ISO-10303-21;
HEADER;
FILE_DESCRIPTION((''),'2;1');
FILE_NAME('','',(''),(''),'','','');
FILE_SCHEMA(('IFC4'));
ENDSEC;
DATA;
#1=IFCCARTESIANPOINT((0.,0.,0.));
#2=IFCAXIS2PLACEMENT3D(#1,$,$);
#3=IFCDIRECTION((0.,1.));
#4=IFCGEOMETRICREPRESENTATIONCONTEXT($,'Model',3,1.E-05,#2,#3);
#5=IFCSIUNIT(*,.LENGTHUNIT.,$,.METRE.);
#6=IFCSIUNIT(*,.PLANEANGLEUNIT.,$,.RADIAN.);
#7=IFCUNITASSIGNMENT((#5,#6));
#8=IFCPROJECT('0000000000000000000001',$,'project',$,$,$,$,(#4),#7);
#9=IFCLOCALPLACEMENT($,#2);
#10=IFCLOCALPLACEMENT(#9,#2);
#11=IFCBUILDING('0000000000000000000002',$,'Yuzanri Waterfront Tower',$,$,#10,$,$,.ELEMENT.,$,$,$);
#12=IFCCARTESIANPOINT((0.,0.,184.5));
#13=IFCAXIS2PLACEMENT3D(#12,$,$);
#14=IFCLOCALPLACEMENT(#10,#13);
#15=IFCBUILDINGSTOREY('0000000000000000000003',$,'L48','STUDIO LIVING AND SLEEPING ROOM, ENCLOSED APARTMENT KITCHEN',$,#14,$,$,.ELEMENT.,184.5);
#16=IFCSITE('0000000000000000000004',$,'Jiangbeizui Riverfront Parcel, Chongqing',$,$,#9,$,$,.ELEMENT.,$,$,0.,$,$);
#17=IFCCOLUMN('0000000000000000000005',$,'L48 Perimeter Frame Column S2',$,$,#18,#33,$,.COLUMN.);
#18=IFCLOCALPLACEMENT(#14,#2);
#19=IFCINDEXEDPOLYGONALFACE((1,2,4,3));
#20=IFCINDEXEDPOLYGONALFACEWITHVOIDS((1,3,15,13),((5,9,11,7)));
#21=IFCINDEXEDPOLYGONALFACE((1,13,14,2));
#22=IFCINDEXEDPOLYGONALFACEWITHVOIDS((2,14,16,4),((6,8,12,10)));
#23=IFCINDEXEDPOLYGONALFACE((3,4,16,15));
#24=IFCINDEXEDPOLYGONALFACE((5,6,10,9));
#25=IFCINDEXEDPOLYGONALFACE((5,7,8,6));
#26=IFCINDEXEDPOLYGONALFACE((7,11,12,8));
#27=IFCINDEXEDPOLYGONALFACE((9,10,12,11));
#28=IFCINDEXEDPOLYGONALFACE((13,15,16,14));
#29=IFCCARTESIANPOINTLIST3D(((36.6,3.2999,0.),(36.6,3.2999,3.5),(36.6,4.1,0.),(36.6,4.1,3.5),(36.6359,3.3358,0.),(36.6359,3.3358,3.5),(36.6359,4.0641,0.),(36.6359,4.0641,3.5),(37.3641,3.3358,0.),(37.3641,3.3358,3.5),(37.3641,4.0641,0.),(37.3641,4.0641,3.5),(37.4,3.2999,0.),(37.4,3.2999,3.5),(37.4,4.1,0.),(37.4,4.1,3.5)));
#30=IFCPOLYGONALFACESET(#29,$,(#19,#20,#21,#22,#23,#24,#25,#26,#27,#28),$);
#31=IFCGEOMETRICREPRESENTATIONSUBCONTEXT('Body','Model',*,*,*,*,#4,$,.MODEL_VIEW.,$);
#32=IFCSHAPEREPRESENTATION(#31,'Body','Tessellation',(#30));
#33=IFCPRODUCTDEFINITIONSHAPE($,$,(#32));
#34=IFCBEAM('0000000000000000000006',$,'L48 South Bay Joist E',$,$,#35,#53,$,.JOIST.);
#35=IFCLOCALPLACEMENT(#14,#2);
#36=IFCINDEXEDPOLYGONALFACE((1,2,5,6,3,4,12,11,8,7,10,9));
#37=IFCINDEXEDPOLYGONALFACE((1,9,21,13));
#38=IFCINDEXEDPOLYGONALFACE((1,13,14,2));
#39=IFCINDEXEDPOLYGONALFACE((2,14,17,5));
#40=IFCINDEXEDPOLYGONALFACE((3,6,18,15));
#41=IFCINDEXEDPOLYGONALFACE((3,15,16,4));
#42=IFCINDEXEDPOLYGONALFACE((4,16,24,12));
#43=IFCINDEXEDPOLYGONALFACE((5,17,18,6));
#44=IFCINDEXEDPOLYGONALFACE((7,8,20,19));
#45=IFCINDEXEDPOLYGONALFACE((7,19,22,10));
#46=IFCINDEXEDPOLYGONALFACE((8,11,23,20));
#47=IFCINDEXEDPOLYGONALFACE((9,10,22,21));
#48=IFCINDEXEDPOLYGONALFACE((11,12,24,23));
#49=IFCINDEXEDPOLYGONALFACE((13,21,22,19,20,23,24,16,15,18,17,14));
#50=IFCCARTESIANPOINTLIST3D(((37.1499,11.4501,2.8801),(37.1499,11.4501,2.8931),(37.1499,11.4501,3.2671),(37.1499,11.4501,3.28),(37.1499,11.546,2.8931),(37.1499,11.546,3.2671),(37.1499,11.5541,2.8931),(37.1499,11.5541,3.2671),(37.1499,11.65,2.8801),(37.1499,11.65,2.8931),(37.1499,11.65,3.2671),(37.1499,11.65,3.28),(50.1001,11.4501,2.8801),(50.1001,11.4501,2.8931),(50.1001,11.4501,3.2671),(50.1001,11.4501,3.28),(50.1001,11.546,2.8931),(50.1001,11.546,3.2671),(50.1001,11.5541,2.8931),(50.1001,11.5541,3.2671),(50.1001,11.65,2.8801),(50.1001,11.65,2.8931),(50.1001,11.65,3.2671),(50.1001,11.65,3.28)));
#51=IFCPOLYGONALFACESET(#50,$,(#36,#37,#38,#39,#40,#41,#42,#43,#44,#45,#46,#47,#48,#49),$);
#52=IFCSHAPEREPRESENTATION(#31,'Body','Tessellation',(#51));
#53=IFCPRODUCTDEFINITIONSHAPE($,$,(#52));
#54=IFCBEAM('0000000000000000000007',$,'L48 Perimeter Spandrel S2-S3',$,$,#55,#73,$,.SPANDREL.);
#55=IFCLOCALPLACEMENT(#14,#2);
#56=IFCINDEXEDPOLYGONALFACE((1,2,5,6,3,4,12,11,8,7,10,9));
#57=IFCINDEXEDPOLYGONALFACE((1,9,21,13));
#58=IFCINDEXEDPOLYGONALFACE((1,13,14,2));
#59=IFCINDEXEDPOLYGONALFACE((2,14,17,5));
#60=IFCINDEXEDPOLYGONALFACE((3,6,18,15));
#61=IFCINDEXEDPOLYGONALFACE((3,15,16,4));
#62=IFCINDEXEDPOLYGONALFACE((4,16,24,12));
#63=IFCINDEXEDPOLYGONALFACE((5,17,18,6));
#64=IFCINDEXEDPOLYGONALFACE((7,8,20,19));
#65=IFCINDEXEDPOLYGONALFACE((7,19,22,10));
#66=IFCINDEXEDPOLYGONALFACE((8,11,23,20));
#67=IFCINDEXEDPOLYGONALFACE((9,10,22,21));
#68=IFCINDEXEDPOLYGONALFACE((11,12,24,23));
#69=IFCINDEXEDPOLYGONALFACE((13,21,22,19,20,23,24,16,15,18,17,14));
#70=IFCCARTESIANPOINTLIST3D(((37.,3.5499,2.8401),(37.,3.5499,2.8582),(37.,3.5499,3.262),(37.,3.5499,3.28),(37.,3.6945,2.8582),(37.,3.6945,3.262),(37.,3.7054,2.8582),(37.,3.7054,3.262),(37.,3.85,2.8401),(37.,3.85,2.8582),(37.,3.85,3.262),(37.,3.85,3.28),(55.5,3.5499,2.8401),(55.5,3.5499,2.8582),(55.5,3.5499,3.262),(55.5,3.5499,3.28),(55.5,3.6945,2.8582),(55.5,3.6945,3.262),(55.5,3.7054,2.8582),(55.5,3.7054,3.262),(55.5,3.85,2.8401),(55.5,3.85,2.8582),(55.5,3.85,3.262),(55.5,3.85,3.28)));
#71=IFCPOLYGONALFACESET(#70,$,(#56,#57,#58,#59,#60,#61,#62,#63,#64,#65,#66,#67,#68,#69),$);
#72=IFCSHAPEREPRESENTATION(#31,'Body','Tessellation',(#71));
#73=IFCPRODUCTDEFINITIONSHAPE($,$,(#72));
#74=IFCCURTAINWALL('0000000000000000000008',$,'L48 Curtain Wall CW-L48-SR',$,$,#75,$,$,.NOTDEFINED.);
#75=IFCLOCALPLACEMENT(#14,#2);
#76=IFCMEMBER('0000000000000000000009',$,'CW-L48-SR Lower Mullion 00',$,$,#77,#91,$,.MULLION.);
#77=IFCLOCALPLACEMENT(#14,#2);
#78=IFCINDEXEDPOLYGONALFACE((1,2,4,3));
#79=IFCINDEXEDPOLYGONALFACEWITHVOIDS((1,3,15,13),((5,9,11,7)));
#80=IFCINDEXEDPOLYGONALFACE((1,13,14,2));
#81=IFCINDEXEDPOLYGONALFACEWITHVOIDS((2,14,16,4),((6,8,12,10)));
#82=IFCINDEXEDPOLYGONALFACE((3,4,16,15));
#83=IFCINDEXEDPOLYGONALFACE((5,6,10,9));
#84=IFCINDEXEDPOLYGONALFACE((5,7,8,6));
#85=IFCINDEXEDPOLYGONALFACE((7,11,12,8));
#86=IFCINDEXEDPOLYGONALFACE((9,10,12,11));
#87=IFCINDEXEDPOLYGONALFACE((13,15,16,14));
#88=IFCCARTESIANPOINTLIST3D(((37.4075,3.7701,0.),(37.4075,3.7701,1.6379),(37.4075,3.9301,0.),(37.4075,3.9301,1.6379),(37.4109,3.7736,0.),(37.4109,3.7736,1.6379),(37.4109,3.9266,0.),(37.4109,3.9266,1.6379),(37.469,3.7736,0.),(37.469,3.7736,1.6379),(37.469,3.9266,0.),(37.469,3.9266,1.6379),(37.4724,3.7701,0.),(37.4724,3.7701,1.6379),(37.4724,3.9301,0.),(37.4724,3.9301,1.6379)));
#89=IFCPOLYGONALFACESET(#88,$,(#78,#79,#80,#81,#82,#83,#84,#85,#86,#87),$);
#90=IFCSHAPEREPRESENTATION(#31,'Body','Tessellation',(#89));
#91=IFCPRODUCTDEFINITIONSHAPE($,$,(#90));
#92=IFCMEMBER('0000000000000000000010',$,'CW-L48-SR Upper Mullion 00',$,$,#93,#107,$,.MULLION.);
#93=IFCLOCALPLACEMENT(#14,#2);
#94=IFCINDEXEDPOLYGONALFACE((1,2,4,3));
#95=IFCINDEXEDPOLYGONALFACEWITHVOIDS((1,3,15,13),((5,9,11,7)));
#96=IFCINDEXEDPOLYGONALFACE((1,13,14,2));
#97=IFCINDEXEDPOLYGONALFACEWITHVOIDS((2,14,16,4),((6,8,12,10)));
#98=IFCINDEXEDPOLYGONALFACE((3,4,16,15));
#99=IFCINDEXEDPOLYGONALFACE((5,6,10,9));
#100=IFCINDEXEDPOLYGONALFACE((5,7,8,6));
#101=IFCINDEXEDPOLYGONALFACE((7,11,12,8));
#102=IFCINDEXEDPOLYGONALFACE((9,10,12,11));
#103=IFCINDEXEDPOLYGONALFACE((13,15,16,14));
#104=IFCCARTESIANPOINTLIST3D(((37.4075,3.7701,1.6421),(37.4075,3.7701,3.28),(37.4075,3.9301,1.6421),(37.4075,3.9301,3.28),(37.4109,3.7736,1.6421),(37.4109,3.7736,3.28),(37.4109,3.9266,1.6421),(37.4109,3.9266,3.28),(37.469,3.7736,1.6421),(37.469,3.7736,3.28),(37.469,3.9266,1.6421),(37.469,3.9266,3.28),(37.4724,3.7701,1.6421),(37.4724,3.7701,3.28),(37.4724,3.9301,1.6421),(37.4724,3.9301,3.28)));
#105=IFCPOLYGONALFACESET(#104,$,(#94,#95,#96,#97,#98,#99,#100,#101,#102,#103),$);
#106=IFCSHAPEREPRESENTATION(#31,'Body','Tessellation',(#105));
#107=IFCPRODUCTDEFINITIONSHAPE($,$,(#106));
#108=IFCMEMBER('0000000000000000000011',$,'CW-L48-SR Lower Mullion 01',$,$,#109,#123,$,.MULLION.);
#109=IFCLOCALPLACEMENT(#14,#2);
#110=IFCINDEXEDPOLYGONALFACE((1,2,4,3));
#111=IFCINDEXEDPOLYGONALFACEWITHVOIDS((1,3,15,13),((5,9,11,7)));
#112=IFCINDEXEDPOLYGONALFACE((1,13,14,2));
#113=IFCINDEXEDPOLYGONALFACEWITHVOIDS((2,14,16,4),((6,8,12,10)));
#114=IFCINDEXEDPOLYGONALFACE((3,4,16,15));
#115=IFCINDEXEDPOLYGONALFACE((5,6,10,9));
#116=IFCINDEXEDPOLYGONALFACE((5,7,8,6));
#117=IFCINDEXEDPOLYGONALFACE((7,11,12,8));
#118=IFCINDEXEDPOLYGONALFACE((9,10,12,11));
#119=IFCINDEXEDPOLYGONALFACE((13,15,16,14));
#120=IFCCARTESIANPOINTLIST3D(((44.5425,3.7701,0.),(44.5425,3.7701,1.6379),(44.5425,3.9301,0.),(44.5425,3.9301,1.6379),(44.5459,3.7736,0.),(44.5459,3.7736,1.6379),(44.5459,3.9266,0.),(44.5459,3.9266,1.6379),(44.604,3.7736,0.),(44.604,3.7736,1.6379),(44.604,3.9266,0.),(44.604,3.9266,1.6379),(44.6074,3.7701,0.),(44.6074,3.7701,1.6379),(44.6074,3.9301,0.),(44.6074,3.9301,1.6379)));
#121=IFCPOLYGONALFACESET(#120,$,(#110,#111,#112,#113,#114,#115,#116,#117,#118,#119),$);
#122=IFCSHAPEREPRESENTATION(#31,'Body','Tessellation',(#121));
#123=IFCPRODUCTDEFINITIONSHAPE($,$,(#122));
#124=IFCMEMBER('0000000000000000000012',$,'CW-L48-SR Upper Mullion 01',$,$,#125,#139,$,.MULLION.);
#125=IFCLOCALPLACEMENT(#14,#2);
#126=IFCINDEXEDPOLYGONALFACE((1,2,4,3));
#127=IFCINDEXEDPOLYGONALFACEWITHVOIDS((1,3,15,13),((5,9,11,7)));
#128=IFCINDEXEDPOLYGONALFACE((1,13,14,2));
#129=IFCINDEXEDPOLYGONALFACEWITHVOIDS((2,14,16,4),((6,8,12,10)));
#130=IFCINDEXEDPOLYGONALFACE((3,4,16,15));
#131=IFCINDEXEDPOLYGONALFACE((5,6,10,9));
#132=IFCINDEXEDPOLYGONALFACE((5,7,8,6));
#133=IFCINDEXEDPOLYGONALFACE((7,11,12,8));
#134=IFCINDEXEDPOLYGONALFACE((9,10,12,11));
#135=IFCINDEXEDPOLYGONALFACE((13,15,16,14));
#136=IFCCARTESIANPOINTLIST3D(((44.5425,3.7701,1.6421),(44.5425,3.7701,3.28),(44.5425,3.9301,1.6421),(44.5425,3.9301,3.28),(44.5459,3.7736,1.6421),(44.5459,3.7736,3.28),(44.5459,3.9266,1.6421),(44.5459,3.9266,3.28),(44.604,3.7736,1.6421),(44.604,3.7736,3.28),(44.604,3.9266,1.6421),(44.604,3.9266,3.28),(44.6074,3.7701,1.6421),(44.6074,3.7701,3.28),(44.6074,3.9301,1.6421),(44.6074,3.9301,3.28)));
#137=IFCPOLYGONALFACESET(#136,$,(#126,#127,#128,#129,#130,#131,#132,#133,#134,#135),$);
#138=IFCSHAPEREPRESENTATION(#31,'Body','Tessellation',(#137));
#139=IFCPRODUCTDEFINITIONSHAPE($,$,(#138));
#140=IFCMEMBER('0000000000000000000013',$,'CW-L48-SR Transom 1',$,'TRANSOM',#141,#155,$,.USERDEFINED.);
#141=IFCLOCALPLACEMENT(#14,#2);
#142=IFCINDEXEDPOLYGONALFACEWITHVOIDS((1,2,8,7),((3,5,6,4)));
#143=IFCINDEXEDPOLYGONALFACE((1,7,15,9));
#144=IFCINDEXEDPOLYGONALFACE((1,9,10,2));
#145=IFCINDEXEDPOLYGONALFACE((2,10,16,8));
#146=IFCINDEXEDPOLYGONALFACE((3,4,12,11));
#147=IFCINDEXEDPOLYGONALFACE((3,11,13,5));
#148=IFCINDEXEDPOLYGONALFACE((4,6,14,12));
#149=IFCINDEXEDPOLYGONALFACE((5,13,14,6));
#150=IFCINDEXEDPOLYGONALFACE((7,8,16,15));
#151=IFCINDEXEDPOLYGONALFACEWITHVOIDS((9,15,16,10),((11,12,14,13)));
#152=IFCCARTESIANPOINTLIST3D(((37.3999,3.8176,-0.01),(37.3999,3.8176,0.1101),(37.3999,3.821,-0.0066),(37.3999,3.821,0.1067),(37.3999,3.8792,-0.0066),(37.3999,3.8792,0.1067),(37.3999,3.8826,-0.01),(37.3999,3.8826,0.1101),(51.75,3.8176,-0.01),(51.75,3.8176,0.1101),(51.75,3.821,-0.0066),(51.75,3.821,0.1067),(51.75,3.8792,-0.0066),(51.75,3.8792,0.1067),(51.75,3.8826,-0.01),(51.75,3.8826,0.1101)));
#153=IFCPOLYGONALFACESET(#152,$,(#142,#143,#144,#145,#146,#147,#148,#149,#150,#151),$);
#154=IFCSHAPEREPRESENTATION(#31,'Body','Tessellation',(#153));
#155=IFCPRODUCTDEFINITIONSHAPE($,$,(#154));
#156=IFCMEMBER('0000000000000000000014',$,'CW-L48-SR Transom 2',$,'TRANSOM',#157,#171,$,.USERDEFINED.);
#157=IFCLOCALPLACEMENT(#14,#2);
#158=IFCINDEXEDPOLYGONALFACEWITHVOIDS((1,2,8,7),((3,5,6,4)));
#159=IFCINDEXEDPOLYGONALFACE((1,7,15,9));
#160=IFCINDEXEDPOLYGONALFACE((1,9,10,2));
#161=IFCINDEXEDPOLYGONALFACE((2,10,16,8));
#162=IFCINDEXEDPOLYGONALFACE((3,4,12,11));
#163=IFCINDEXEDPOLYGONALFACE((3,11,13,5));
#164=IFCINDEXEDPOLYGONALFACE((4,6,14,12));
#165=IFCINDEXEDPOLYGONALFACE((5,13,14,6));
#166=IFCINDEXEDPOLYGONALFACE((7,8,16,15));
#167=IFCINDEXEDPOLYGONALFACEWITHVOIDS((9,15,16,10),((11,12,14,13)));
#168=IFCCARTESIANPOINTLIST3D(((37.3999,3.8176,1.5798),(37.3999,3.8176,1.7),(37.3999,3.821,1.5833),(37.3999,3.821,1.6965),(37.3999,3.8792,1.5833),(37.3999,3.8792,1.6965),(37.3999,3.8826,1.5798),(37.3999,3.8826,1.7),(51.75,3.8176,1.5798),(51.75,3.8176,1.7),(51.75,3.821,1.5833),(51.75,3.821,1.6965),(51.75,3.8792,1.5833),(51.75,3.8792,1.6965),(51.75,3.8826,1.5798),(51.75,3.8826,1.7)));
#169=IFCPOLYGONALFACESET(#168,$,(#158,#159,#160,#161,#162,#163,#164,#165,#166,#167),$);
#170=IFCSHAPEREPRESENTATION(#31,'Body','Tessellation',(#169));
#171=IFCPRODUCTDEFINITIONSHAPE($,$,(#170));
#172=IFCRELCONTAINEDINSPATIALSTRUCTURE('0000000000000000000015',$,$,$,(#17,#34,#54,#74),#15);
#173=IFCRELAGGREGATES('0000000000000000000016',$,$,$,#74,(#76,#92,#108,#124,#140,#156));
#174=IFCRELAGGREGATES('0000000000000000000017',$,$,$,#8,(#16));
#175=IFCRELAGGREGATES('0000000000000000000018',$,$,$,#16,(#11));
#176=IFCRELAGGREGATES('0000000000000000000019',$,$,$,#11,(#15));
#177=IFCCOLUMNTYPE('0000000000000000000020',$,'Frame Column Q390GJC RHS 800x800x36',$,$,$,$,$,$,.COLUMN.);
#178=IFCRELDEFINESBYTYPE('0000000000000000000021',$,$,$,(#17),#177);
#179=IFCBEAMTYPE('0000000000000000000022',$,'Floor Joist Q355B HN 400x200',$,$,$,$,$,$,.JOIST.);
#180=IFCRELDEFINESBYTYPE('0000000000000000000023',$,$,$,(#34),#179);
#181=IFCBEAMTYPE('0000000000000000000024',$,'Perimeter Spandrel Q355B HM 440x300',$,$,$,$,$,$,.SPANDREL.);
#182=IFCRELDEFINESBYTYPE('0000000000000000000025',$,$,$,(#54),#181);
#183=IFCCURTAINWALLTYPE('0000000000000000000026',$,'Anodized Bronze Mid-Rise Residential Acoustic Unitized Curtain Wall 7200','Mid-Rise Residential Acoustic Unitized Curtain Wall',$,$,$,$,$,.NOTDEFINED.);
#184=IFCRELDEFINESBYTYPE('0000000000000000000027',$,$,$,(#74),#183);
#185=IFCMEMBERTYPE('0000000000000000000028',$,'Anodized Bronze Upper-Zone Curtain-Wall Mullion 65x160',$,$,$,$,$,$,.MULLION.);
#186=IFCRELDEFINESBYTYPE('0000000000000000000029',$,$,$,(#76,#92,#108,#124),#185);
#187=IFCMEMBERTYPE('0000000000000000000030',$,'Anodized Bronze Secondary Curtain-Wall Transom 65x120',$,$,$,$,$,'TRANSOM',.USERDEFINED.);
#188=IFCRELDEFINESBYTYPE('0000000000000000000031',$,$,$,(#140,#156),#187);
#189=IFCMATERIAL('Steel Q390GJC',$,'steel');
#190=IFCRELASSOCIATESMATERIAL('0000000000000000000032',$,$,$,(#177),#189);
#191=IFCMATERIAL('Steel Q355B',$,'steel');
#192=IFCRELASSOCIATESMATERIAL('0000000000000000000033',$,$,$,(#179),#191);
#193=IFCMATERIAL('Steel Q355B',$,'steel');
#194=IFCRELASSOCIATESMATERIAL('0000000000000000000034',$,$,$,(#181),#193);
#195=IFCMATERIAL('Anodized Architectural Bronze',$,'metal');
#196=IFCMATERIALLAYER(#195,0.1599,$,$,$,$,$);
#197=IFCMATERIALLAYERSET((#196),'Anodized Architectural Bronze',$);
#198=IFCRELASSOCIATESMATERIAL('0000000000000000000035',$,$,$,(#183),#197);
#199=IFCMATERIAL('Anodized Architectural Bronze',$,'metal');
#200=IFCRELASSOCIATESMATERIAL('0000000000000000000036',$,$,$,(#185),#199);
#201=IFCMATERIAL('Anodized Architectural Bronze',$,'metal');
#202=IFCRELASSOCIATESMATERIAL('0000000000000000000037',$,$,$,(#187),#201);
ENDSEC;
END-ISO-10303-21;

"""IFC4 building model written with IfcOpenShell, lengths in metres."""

from ifc_helpers import new_model, si_unit, direction, frame, origin, origin_2d, place, context, subcontext, project, spatial, hollow_rectangle, i_section, extrude, source, transform, mapped, material, layer, layer_set, material_profile, profile_set, type_object, element, aggregate, save


model = new_model("IFC4")

# Units and contexts
model_context = context("Model", 3, precision=1e-05, world=origin(), true_north=direction((0.0, 1.0)))
body_context = subcontext(model_context, "Body", "Model", "MODEL_VIEW")
ifc_project = project(units=[si_unit("LENGTHUNIT", "METRE"), si_unit("PLANEANGLEUNIT", "RADIAN")], contexts=[model_context])

# Site, building, storey
site_placement = place(None, origin())
site = spatial("IfcSite", under=ifc_project, at=site_placement, Name="Jiangbeizui Riverfront Parcel, Chongqing", CompositionType="ELEMENT", RefElevation=0.0)
building_placement = place(site_placement, origin())
building = spatial("IfcBuilding", under=site, at=building_placement, Name="Yuzanri Waterfront Tower", CompositionType="ELEMENT")
storey_placement = place(building_placement, frame((0.0, 0.0, 184.5)))
storey = spatial("IfcBuildingStorey", under=building, at=storey_placement, Name="L48", Description="STUDIO LIVING AND SLEEPING ROOM, ENCLOSED APARTMENT KITCHEN", CompositionType="ELEMENT", Elevation=184.5)

# Column
ifc_material_1 = material(Name="Steel Q390GJC", Category="steel")
ifc_material_profile_1 = material_profile(ifc_material_1, hollow_rectangle(XDim=0.8, YDim=0.8, WallThickness=0.0359, at=origin_2d()), Name="RHS 800x800x36")
ifc_profile_set_1 = profile_set([ifc_material_profile_1], Name="Steel Q390GJC")
column_type = type_object("IfcColumnType", Name="Frame Column Q390GJC RHS 800x800x36", PredefinedType="COLUMN", material=ifc_profile_set_1)
shared_shape_1 = source(origin(), body_context, "Body", "SweptSolid", [
    extrude(hollow_rectangle(XDim=0.8, YDim=0.8, WallThickness=0.0359, at=origin_2d()), origin(), (0.0, 0.0, 1.0), 3.5),
])
column_placement = place(storey_placement, frame((37.0, 3.7, 0.0), z_axis=(0.0, 0.0, 1.0), x_axis=(1.0, 0.0, 0.0)))
element("IfcColumn", 1, at=column_placement, inside=storey, type_object=column_type, Name="L48 Perimeter Frame Column S2", PredefinedType="COLUMN", context=body_context, shape_type="MappedRepresentation", body=[
    mapped(shared_shape_1, transform((0.0, 0.0, 0.0), scale=1.0)),
])

# Beams
ifc_material_2 = material(Name="Steel Q355B", Category="steel")
ifc_material_profile_2 = material_profile(ifc_material_2, i_section(OverallWidth=0.2, OverallDepth=0.3999, WebThickness=0.0081, FlangeThickness=0.0129, at=origin_2d()), Name="HN 400x200x8x13")
ifc_profile_set_2 = profile_set([ifc_material_profile_2], Name="Steel Q355B")
beam_type_1 = type_object("IfcBeamType", Name="Floor Joist Q355B HN 400x200", PredefinedType="JOIST", material=ifc_profile_set_2)
shared_shape_2 = source(origin(), body_context, "Body", "SweptSolid", [
    extrude(i_section(OverallWidth=0.2, OverallDepth=0.3999, WebThickness=0.0081, FlangeThickness=0.0129, at=origin_2d()), origin(), (0.0, 0.0, 1.0), 12.9502),
])
beam_1_placement = place(storey_placement, frame((37.1499, 11.55, 3.0801), z_axis=(1.0, 0.0, 0.0), x_axis=(0.0, 1.0, 0.0)))
element("IfcBeam", 2, at=beam_1_placement, inside=storey, type_object=beam_type_1, Name="L48 South Bay Joist E", PredefinedType="JOIST", context=body_context, shape_type="MappedRepresentation", body=[
    mapped(shared_shape_2, transform((0.0, 0.0, 0.0), scale=1.0)),
])
ifc_material_3 = material(Name="Steel Q355B", Category="steel")
ifc_material_profile_3 = material_profile(ifc_material_3, i_section(OverallWidth=0.3, OverallDepth=0.4399, WebThickness=0.011, FlangeThickness=0.0181, at=origin_2d()), Name="HM 440x300x11x18")
ifc_profile_set_3 = profile_set([ifc_material_profile_3], Name="Steel Q355B")
beam_type_2 = type_object("IfcBeamType", Name="Perimeter Spandrel Q355B HM 440x300", PredefinedType="SPANDREL", material=ifc_profile_set_3)
shared_shape_3 = source(origin(), body_context, "Body", "SweptSolid", [
    extrude(i_section(OverallWidth=0.3, OverallDepth=0.4399, WebThickness=0.011, FlangeThickness=0.0181, at=origin_2d()), origin(), (0.0, 0.0, 1.0), 18.5),
])
beam_2_placement = place(storey_placement, frame((37.0, 3.7, 3.0601), z_axis=(1.0, 0.0, 0.0), x_axis=(0.0, 1.0, 0.0)))
element("IfcBeam", 3, at=beam_2_placement, inside=storey, type_object=beam_type_2, Name="L48 Perimeter Spandrel S2-S3", PredefinedType="SPANDREL", context=body_context, shape_type="MappedRepresentation", body=[
    mapped(shared_shape_3, transform((0.0, 0.0, 0.0), scale=1.0)),
])

# Curtain wall, members
ifc_material_4 = material(Name="Anodized Architectural Bronze", Category="metal")
ifc_layer_1 = layer(ifc_material_4, 0.1599)
ifc_layer_set_1 = layer_set([ifc_layer_1], Name="Anodized Architectural Bronze")
curtain_wall_type = type_object("IfcCurtainWallType", Name="Anodized Bronze Mid-Rise Residential Acoustic Unitized Curtain Wall 7200", Description="Mid-Rise Residential Acoustic Unitized Curtain Wall", PredefinedType="NOTDEFINED", material=ifc_layer_set_1)
curtain_wall_placement = place(storey_placement, origin())
curtain_wall = element("IfcCurtainWall", 4, at=curtain_wall_placement, inside=storey, type_object=curtain_wall_type, Name="L48 Curtain Wall CW-L48-SR", PredefinedType="NOTDEFINED")
ifc_material_5 = material(Name="Anodized Architectural Bronze", Category="metal")
ifc_material_profile_4 = material_profile(ifc_material_5, hollow_rectangle(XDim=0.0649, YDim=0.1599, WallThickness=0.0034, at=origin_2d()), Name="CWM 65x160")
ifc_profile_set_4 = profile_set([ifc_material_profile_4], Name="Anodized Architectural Bronze")
member_type_1 = type_object("IfcMemberType", Name="Anodized Bronze Upper-Zone Curtain-Wall Mullion 65x160", PredefinedType="MULLION", material=ifc_profile_set_4)
shared_shape_4 = source(origin(), body_context, "Body", "SweptSolid", [
    extrude(hollow_rectangle(XDim=0.0649, YDim=0.1599, WallThickness=0.0034, at=origin_2d()), origin(), (0.0, 0.0, 1.0), 1.6379),
])
member_1_placement = place(storey_placement, frame((37.4399, 3.8501, 0.0), z_axis=(0.0, 0.0, 1.0), x_axis=(1.0, 0.0, 0.0)))
member_1 = element("IfcMember", 5, at=member_1_placement, type_object=member_type_1, Name="CW-L48-SR Lower Mullion 00", PredefinedType="MULLION", context=body_context, shape_type="MappedRepresentation", body=[
    mapped(shared_shape_4, transform((0.0, 0.0, 0.0), scale=1.0)),
])
member_2_placement = place(storey_placement, frame((37.4399, 3.8501, 1.6421), z_axis=(0.0, 0.0, 1.0), x_axis=(1.0, 0.0, 0.0)))
member_2 = element("IfcMember", 6, at=member_2_placement, type_object=member_type_1, Name="CW-L48-SR Upper Mullion 00", PredefinedType="MULLION", context=body_context, shape_type="MappedRepresentation", body=[
    mapped(shared_shape_4, transform((0.0, 0.0, 0.0), scale=1.0)),
])
member_3_placement = place(storey_placement, frame((44.575, 3.8501, 0.0), z_axis=(0.0, 0.0, 1.0), x_axis=(1.0, 0.0, 0.0)))
member_3 = element("IfcMember", 7, at=member_3_placement, type_object=member_type_1, Name="CW-L48-SR Lower Mullion 01", PredefinedType="MULLION", context=body_context, shape_type="MappedRepresentation", body=[
    mapped(shared_shape_4, transform((0.0, 0.0, 0.0), scale=1.0)),
])
member_4_placement = place(storey_placement, frame((44.575, 3.8501, 1.6421), z_axis=(0.0, 0.0, 1.0), x_axis=(1.0, 0.0, 0.0)))
member_4 = element("IfcMember", 8, at=member_4_placement, type_object=member_type_1, Name="CW-L48-SR Upper Mullion 01", PredefinedType="MULLION", context=body_context, shape_type="MappedRepresentation", body=[
    mapped(shared_shape_4, transform((0.0, 0.0, 0.0), scale=1.0)),
])
ifc_material_6 = material(Name="Anodized Architectural Bronze", Category="metal")
ifc_material_profile_5 = material_profile(ifc_material_6, hollow_rectangle(XDim=0.0649, YDim=0.1201, WallThickness=0.0034, at=origin_2d()), Name="CWT 65x120")
ifc_profile_set_5 = profile_set([ifc_material_profile_5], Name="Anodized Architectural Bronze")
member_type_2 = type_object("IfcMemberType", Name="Anodized Bronze Secondary Curtain-Wall Transom 65x120", ElementType="TRANSOM", PredefinedType="USERDEFINED", material=ifc_profile_set_5)
shared_shape_5 = source(origin(), body_context, "Body", "SweptSolid", [
    extrude(hollow_rectangle(XDim=0.0649, YDim=0.1201, WallThickness=0.0034, at=origin_2d()), origin(), (0.0, 0.0, 1.0), 14.3501),
])
member_5_placement = place(storey_placement, frame((37.3999, 3.8501, 0.05), z_axis=(1.0, 0.0, 0.0), x_axis=(0.0, 1.0, 0.0)))
member_5 = element("IfcMember", 9, at=member_5_placement, type_object=member_type_2, Name="CW-L48-SR Transom 1", ObjectType="TRANSOM", PredefinedType="USERDEFINED", context=body_context, shape_type="MappedRepresentation", body=[
    mapped(shared_shape_5, transform((0.0, 0.0, 0.0), scale=1.0)),
])
member_6_placement = place(storey_placement, frame((37.3999, 3.8501, 1.6399), z_axis=(1.0, 0.0, 0.0), x_axis=(0.0, 1.0, 0.0)))
member_6 = element("IfcMember", 10, at=member_6_placement, type_object=member_type_2, Name="CW-L48-SR Transom 2", ObjectType="TRANSOM", PredefinedType="USERDEFINED", context=body_context, shape_type="MappedRepresentation", body=[
    mapped(shared_shape_5, transform((0.0, 0.0, 0.0), scale=1.0)),
])
aggregate(curtain_wall, [member_1, member_2, member_3, member_4, member_5, member_6])

save(model, "model.ifc")
